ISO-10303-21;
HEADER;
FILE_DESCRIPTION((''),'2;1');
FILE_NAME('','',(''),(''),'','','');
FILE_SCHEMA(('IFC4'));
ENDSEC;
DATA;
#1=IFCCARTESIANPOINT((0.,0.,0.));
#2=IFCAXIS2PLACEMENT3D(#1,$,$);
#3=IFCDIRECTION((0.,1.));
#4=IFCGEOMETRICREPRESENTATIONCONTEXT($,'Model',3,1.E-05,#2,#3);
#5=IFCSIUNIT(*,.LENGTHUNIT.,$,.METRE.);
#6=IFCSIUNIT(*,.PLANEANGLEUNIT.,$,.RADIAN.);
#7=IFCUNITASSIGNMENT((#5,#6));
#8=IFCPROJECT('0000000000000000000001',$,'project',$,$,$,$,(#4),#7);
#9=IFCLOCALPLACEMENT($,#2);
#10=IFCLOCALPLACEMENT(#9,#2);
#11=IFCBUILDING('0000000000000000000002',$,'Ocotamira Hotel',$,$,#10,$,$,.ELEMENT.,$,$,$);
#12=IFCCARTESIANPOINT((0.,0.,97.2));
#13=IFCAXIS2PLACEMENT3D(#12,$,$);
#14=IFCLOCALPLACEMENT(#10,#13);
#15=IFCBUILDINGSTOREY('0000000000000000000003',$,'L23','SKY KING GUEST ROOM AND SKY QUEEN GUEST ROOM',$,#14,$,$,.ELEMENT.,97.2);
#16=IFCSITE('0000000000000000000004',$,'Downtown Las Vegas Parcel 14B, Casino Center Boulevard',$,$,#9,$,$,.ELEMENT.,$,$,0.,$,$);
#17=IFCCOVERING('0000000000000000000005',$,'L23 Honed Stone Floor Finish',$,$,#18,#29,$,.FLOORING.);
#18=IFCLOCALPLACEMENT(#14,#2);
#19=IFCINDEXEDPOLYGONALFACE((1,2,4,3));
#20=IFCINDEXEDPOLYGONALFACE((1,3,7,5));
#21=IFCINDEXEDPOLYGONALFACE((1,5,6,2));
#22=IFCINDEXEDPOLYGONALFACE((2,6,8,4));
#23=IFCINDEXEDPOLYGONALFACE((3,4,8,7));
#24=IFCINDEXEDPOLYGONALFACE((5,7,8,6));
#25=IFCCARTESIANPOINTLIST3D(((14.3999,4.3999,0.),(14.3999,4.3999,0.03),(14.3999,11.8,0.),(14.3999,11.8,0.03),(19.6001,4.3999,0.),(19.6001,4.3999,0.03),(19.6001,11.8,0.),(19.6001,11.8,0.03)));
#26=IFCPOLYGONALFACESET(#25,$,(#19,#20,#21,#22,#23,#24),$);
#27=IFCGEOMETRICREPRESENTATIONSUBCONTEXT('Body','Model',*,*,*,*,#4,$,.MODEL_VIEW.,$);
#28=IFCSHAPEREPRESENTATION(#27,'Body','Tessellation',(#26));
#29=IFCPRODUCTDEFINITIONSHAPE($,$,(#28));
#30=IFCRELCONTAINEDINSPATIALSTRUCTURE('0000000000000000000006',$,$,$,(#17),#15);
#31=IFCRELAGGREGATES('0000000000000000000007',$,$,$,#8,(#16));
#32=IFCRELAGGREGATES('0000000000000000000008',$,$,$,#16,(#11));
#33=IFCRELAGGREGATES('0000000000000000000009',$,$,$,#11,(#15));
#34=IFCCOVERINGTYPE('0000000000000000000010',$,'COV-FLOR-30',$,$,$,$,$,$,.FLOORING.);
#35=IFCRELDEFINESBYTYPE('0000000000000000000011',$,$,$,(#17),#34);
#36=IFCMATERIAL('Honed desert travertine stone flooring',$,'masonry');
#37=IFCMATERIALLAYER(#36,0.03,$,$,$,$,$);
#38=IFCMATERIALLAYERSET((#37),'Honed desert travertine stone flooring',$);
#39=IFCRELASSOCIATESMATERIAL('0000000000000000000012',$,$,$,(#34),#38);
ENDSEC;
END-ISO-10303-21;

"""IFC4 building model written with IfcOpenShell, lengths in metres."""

from ifc_helpers import new_model, si_unit, direction, frame, origin, place, context, subcontext, project, spatial, polyline, outline, extrude, material, layer, layer_set, type_object, element, save


model = new_model("IFC4")

# Units and contexts
model_context = context("Model", 3, precision=1e-05, world=origin(), true_north=direction((0.0, 1.0)))
body_context = subcontext(model_context, "Body", "Model", "MODEL_VIEW")
ifc_project = project(units=[si_unit("LENGTHUNIT", "METRE"), si_unit("PLANEANGLEUNIT", "RADIAN")], contexts=[model_context])

# Site, building, storey
site_placement = place(None, origin())
site = spatial("IfcSite", under=ifc_project, at=site_placement, Name="Downtown Las Vegas Parcel 14B, Casino Center Boulevard", CompositionType="ELEMENT", RefElevation=0.0)
building_placement = place(site_placement, origin())
building = spatial("IfcBuilding", under=site, at=building_placement, Name="Ocotamira Hotel", CompositionType="ELEMENT")
storey_placement = place(building_placement, frame((0.0, 0.0, 97.2)))
storey = spatial("IfcBuildingStorey", under=building, at=storey_placement, Name="L23", Description="SKY KING GUEST ROOM AND SKY QUEEN GUEST ROOM", CompositionType="ELEMENT", Elevation=97.2)

# Covering
ifc_material_1 = material(Name="Honed desert travertine stone flooring", Category="masonry")
ifc_layer_1 = layer(ifc_material_1, 0.03)
ifc_layer_set_1 = layer_set([ifc_layer_1], Name="Honed desert travertine stone flooring")
covering_type_1 = type_object("IfcCoveringType", Name="COV-FLOR-30", PredefinedType="FLOORING", material=ifc_layer_set_1)
covering_1_placement = place(storey_placement, origin())
element("IfcCovering", 1, at=covering_1_placement, inside=storey, type_object=covering_type_1, Name="L23 Honed Stone Floor Finish", PredefinedType="FLOORING", context=body_context, shape_type="SweptSolid", body=[
    extrude(outline(polyline([(14.3999, 4.3999), (19.6001, 4.3999), (19.6001, 11.8), (14.3999, 11.8), (14.3999, 4.3999)])), origin(), (0.0, 0.0, 1.0), 0.03),
])

save(model, "model.ifc")
